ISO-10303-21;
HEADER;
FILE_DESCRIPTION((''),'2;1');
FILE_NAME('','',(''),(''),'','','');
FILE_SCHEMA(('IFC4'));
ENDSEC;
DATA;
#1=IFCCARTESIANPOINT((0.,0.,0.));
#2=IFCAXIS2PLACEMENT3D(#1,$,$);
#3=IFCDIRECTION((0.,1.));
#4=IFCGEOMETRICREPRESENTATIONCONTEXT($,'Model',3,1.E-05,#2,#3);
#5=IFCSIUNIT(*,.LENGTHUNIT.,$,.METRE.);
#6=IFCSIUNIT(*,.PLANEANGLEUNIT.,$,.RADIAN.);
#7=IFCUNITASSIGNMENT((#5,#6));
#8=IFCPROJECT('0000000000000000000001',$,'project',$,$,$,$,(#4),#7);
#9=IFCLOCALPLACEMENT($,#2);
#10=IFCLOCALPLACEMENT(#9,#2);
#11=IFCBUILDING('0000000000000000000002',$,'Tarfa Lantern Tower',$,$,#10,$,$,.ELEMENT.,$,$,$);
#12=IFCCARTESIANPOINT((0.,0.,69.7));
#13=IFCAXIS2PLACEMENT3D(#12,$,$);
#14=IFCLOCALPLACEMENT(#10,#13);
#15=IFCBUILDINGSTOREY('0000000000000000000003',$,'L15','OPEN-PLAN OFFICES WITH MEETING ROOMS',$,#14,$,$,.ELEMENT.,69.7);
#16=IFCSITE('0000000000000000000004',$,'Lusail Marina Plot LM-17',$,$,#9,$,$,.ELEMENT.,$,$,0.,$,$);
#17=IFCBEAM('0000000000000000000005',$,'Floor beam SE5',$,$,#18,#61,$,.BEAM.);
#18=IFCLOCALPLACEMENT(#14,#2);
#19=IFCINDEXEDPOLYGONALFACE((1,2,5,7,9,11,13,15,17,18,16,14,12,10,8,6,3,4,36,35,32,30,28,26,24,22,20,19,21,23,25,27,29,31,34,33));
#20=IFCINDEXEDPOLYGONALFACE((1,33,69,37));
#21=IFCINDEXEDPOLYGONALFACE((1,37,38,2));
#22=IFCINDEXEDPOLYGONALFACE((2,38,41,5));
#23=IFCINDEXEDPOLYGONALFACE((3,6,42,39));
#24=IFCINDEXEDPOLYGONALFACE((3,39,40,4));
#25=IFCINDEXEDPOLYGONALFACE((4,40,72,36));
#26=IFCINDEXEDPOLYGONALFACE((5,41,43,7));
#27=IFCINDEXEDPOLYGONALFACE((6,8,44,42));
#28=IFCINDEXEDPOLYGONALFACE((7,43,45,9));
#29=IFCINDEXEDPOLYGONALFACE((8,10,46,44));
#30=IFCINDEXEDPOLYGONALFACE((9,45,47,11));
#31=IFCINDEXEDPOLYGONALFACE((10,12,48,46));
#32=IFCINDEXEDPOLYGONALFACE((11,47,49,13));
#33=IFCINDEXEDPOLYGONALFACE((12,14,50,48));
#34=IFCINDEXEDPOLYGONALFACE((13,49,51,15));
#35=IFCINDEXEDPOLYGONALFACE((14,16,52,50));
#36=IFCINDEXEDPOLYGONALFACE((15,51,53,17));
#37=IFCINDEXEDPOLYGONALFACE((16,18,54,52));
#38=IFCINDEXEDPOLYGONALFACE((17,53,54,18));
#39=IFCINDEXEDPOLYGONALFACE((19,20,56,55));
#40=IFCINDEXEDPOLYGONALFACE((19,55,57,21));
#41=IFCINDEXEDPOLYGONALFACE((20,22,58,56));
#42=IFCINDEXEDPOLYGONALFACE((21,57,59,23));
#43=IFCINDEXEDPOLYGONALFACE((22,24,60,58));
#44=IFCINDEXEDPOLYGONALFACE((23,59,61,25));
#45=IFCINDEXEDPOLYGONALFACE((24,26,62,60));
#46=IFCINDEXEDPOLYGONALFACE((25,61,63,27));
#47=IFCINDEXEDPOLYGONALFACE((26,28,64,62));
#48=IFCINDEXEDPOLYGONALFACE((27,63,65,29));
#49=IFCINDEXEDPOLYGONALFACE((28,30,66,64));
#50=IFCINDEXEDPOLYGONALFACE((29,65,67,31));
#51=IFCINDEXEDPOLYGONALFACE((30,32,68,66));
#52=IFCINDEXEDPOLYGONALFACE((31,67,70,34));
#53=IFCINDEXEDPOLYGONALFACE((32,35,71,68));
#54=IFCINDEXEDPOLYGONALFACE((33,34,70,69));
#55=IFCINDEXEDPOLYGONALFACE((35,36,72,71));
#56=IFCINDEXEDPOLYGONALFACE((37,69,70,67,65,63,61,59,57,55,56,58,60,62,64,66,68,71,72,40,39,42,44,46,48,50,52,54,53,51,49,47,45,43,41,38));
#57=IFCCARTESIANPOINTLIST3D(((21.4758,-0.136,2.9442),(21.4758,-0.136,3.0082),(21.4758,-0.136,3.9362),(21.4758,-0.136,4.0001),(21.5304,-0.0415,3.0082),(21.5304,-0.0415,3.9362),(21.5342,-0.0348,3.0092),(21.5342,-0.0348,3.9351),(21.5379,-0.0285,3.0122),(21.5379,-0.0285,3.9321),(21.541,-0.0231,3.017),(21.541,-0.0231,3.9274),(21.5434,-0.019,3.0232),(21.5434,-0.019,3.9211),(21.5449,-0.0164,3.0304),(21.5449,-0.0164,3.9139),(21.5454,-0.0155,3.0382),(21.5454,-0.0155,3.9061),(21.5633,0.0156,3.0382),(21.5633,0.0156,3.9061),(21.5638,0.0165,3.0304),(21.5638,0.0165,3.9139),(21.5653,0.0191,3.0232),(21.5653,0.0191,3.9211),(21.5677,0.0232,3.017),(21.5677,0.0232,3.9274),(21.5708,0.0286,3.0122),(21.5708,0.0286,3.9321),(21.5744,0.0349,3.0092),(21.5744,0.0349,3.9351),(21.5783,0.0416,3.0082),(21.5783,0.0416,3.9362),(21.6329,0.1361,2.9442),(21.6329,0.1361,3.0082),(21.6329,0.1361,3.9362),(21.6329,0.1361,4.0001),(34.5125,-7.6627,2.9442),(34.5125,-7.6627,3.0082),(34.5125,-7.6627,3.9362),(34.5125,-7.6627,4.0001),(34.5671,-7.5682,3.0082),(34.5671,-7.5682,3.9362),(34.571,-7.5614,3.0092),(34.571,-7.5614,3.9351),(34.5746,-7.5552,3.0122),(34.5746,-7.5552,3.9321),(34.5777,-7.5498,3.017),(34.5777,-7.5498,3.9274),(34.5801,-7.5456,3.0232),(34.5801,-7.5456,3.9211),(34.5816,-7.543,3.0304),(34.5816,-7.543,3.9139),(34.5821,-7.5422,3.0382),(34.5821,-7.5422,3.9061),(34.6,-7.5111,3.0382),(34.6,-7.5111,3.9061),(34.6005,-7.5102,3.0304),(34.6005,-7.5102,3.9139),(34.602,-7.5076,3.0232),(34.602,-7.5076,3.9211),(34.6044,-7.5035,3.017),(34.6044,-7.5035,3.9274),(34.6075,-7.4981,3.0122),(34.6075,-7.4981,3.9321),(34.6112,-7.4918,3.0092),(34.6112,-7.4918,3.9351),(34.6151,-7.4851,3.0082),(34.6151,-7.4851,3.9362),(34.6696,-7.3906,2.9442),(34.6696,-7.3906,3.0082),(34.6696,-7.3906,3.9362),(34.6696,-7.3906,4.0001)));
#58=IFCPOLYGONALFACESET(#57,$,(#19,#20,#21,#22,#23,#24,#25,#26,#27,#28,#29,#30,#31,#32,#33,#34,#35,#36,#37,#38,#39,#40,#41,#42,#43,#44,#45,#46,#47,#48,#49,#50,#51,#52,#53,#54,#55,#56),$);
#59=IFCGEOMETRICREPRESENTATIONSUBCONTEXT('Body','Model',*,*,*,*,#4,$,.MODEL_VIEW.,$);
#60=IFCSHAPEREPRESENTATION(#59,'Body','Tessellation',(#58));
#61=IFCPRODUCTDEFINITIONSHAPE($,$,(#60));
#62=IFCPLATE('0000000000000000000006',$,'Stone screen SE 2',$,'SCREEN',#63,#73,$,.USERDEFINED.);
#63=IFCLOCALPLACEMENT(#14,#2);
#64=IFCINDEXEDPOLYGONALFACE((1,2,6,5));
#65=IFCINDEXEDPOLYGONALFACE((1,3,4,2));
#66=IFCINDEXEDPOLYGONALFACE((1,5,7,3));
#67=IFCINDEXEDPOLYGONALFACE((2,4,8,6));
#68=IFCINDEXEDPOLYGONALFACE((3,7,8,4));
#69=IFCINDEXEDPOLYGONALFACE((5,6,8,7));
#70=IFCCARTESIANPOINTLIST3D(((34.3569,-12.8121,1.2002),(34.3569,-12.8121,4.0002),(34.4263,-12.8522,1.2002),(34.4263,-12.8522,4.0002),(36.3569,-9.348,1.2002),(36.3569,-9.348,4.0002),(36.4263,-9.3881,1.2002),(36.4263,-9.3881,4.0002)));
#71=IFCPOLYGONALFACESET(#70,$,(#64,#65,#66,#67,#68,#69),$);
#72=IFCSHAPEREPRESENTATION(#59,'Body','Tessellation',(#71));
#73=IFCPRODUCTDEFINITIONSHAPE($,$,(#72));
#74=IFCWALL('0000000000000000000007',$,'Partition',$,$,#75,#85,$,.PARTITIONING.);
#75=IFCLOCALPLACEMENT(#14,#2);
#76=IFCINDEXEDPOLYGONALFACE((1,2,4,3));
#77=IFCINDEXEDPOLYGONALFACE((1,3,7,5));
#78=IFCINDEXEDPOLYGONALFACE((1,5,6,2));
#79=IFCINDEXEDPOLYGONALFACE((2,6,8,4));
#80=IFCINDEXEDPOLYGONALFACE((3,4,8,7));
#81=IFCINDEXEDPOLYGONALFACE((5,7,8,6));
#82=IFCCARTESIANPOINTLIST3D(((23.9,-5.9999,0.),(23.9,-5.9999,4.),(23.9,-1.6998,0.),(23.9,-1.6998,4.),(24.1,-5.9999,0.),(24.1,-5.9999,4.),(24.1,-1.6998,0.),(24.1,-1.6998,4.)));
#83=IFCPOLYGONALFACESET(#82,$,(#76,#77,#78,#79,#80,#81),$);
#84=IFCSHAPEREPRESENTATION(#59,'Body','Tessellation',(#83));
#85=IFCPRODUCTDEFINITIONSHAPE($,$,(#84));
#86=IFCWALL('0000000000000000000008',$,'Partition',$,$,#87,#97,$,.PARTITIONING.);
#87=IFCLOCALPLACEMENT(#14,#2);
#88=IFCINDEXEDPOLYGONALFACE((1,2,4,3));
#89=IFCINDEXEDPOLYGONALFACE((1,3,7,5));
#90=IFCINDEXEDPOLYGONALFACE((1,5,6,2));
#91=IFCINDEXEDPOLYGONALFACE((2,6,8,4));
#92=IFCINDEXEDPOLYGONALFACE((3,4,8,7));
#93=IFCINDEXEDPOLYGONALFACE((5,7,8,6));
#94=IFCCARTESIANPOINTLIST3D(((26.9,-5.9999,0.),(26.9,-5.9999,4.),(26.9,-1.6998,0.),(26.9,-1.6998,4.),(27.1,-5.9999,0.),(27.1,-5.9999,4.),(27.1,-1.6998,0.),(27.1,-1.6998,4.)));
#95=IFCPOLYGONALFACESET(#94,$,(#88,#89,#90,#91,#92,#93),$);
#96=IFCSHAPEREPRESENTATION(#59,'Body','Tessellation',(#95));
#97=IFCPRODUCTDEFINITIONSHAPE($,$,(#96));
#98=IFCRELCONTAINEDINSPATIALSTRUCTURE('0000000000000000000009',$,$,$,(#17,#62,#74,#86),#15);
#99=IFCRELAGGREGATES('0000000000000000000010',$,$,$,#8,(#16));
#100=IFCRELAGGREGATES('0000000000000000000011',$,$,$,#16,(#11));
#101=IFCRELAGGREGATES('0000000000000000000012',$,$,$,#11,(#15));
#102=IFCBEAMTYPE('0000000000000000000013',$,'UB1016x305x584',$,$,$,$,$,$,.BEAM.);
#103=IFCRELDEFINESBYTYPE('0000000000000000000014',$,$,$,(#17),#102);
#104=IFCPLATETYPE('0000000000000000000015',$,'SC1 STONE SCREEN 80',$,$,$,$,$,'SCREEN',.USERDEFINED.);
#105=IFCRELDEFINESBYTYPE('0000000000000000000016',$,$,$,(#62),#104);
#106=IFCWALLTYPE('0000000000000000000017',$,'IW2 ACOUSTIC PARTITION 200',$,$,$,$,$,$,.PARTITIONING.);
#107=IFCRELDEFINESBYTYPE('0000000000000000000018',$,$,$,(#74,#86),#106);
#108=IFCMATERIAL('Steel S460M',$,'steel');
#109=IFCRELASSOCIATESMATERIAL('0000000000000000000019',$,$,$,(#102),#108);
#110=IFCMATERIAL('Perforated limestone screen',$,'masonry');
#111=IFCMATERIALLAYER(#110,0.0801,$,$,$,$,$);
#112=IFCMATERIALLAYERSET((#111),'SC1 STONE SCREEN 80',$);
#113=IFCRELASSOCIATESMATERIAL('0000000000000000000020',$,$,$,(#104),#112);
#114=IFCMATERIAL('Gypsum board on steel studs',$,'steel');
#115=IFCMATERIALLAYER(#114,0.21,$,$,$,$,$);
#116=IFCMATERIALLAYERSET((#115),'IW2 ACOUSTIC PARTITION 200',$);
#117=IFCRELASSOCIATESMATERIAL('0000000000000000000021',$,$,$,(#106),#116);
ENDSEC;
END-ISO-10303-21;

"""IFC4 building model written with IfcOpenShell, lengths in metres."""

from ifc_helpers import new_model, si_unit, direction, frame, frame_2d, origin, origin_2d, place, context, subcontext, project, spatial, rectangle, i_section, extrude, material, layer, layer_set, material_profile, profile_set, type_object, element, save


model = new_model("IFC4")

# Units and contexts
model_context = context("Model", 3, precision=1e-05, world=origin(), true_north=direction((0.0, 1.0)))
body_context = subcontext(model_context, "Body", "Model", "MODEL_VIEW")
ifc_project = project(units=[si_unit("LENGTHUNIT", "METRE"), si_unit("PLANEANGLEUNIT", "RADIAN")], contexts=[model_context])

# Site, building, storey
site_placement = place(None, origin())
site = spatial("IfcSite", under=ifc_project, at=site_placement, Name="Lusail Marina Plot LM-17", CompositionType="ELEMENT", RefElevation=0.0)
building_placement = place(site_placement, origin())
building = spatial("IfcBuilding", under=site, at=building_placement, Name="Tarfa Lantern Tower", CompositionType="ELEMENT")
storey_placement = place(building_placement, frame((0.0, 0.0, 69.7)))
storey = spatial("IfcBuildingStorey", under=building, at=storey_placement, Name="L15", Description="OPEN-PLAN OFFICES WITH MEETING ROOMS", CompositionType="ELEMENT", Elevation=69.7)

# Beam
ifc_material_1 = material(Name="Steel S460M", Category="steel")
ifc_material_profile_1 = material_profile(ifc_material_1, i_section(OverallWidth=0.3142, OverallDepth=1.0559, WebThickness=0.0359, FlangeThickness=0.064, FilletRadius=0.03, at=origin_2d()), Name="UB1016x305x584")
ifc_profile_set_1 = profile_set([ifc_material_profile_1], Name="Steel S460M")
beam_type_1 = type_object("IfcBeamType", Name="UB1016x305x584", PredefinedType="BEAM", material=ifc_profile_set_1)
beam_1_placement = place(storey_placement, frame((34.5911, -7.5266, 3.4722), z_axis=(-0.866028, 0.499996, 0.0), x_axis=(-0.499996, -0.866028, 0.0)))
element("IfcBeam", 1, at=beam_1_placement, inside=storey, type_object=beam_type_1, Name="Floor beam SE5", PredefinedType="BEAM", context=body_context, shape_type="SweptSolid", body=[
    extrude(i_section(OverallWidth=0.3142, OverallDepth=1.0559, WebThickness=0.0359, FlangeThickness=0.064, FilletRadius=0.03, at=origin_2d()), origin(), (0.0, 0.0, 1.0), 15.0535),
])

# Plate
ifc_material_2 = material(Name="Perforated limestone screen", Category="masonry")
ifc_layer_1 = layer(ifc_material_2, 0.0801)
ifc_layer_set_1 = layer_set([ifc_layer_1], Name="SC1 STONE SCREEN 80")
plate_type = type_object("IfcPlateType", Name="SC1 STONE SCREEN 80", ElementType="SCREEN", PredefinedType="USERDEFINED", material=ifc_layer_set_1)
plate_placement = place(storey_placement, frame((35.3916, -11.1001, 1.2002), z_axis=(0.0, 0.0, 1.0), x_axis=(0.5, 0.866025, 0.0)))
element("IfcPlate", 2, at=plate_placement, inside=storey, type_object=plate_type, Name="Stone screen SE 2", ObjectType="SCREEN", PredefinedType="USERDEFINED", context=body_context, shape_type="SweptSolid", body=[
    extrude(rectangle(XDim=4.0, YDim=0.0801, at=origin_2d()), origin(), (0.0, 0.0, 1.0), 2.8),
])

# Walls
ifc_material_3 = material(Name="Gypsum board on steel studs", Category="steel")
ifc_layer_2 = layer(ifc_material_3, 0.21)
ifc_layer_set_2 = layer_set([ifc_layer_2], Name="IW2 ACOUSTIC PARTITION 200")
wall_type = type_object("IfcWallType", Name="IW2 ACOUSTIC PARTITION 200", PredefinedType="PARTITIONING", material=ifc_layer_set_2)
for number, where, z_axis, x_axis, name in (
    (3, (24.0, -1.7, 0.0), (0.0, 0.0, 1.0), (0.0, -1.0, 0.0), "Partition"),
    (4, (27.0, -1.7, 0.0), (0.0, 0.0, 1.0), (0.0, -1.0, 0.0), "Partition"),
):
    element("IfcWall", number, at=place(storey_placement, frame(where, z_axis=z_axis, x_axis=x_axis)), inside=storey, type_object=wall_type, Name=name, PredefinedType="PARTITIONING", context=body_context, shape_type="SweptSolid", body=[
        extrude(rectangle(XDim=4.3, YDim=0.2, at=frame_2d((2.1499, 0.0))), origin(), (0.0, 0.0, 1.0), 4.0),
    ])

save(model, "model.ifc")
